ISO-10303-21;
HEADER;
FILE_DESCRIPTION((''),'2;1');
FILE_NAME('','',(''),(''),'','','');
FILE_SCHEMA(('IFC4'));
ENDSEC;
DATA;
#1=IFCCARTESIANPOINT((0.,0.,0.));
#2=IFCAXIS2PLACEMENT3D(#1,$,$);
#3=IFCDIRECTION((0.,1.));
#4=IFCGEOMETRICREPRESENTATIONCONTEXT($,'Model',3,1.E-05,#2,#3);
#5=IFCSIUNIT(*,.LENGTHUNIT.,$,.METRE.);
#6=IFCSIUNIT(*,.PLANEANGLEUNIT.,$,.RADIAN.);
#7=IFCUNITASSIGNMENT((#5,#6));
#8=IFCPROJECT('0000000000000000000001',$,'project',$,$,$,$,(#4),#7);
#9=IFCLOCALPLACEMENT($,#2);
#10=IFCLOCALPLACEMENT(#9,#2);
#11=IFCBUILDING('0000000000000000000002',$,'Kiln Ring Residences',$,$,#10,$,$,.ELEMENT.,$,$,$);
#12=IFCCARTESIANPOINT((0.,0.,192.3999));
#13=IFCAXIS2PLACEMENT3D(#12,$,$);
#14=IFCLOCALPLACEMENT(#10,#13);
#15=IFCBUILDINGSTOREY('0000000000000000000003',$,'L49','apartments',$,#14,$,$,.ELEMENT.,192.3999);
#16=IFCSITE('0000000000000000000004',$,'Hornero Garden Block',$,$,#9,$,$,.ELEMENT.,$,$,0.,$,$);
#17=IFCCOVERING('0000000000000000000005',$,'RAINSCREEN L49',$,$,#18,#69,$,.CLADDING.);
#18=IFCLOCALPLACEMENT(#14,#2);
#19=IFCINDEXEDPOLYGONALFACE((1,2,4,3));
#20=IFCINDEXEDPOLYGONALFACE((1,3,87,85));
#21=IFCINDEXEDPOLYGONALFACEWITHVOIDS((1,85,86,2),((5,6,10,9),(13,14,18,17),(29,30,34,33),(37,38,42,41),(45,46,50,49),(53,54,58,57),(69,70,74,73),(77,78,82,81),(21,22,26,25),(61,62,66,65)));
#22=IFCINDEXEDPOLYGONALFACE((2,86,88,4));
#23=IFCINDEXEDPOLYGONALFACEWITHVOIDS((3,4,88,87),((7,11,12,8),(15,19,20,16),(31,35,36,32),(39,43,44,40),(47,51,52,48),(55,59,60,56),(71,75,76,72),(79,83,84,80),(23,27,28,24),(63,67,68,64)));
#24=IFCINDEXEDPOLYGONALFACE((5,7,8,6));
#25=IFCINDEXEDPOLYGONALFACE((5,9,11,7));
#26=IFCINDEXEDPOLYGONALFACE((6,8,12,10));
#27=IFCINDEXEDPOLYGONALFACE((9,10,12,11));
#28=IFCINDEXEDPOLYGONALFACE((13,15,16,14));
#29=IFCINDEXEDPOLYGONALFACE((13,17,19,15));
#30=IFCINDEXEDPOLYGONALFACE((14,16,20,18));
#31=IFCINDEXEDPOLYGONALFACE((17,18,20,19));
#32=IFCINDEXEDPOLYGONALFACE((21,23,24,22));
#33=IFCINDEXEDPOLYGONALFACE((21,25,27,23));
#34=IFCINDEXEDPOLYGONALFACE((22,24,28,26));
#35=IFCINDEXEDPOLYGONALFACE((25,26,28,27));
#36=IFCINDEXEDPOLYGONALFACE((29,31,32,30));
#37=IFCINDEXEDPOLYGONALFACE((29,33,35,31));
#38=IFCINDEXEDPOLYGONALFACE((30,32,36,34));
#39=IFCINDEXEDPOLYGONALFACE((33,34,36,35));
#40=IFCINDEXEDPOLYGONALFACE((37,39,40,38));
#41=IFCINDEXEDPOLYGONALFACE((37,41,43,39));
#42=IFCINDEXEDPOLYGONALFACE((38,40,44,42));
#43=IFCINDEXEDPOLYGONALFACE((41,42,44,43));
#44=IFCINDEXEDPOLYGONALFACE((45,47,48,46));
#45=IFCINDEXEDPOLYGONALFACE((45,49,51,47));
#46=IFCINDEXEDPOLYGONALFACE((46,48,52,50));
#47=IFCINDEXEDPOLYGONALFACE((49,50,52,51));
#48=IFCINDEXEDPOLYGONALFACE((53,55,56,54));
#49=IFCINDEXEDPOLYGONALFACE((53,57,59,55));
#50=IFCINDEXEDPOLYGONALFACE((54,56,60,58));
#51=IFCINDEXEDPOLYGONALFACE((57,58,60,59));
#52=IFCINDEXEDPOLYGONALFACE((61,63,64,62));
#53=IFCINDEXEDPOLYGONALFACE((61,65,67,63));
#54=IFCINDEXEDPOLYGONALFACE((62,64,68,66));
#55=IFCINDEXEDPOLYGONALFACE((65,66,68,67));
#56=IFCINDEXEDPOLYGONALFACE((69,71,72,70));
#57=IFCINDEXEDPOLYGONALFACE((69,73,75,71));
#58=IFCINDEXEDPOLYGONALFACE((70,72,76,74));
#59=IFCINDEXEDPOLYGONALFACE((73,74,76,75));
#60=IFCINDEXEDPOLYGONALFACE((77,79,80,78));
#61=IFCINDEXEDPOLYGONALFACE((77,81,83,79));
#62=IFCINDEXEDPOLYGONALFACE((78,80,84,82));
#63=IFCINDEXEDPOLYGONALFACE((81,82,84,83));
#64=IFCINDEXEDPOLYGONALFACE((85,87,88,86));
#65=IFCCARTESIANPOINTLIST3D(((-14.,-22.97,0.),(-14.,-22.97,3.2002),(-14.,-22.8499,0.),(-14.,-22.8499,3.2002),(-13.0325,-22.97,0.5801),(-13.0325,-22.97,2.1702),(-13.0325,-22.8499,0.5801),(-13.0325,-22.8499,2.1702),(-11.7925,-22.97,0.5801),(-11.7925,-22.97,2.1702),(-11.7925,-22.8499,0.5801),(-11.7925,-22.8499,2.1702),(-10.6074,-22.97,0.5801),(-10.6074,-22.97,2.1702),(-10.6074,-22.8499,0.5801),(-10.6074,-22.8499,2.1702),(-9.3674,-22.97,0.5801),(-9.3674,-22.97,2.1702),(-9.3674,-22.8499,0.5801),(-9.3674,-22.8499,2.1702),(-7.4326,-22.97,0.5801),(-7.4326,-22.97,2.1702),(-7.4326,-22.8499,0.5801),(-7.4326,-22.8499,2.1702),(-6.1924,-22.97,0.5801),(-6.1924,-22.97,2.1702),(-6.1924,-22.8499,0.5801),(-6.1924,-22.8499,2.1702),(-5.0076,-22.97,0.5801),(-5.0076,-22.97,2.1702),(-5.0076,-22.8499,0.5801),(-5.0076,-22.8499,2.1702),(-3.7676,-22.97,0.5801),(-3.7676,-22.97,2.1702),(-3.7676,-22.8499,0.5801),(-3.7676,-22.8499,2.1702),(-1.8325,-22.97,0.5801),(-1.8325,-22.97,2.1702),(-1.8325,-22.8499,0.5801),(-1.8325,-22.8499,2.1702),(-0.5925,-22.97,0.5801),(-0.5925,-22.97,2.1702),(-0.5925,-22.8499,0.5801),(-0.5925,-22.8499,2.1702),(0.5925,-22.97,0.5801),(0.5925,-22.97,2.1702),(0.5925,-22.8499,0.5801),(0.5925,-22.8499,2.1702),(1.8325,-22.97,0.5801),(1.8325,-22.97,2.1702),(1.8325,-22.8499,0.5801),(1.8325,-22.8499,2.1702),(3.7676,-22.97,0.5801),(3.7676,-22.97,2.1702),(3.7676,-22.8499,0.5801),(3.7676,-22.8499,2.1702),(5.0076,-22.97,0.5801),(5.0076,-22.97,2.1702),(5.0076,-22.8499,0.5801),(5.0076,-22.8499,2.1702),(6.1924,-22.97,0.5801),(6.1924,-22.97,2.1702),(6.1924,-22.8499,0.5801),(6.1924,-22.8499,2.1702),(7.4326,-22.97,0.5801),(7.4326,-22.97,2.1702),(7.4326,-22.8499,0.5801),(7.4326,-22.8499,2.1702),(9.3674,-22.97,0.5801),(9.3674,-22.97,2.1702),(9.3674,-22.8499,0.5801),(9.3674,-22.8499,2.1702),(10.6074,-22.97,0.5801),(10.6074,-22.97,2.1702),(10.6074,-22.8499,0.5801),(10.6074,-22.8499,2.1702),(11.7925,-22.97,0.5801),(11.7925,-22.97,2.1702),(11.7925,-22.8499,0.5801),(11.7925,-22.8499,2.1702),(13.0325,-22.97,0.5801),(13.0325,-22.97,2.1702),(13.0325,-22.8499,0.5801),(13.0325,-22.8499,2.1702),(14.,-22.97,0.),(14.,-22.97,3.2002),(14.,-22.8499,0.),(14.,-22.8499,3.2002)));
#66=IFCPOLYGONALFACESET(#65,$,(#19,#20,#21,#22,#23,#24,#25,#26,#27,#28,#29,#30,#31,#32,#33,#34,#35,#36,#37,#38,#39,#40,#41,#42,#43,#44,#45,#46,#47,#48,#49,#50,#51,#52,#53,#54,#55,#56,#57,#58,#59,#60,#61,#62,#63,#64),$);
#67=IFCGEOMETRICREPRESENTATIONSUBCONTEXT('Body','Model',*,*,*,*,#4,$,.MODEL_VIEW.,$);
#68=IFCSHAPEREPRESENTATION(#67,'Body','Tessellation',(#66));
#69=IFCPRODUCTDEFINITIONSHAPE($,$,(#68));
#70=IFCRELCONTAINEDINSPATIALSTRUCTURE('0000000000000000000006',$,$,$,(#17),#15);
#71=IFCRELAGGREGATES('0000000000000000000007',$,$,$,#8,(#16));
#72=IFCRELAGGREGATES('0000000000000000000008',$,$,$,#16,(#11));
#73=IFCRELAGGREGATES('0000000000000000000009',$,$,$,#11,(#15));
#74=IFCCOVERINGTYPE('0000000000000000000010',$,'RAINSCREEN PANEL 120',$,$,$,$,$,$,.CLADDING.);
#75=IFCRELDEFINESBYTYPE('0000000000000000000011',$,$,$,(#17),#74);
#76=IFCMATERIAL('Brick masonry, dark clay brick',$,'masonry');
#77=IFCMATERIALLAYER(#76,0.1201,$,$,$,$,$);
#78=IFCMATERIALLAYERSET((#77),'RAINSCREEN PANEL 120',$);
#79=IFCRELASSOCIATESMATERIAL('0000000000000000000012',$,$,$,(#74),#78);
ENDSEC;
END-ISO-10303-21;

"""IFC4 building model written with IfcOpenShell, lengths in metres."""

from ifc_helpers import new_model, si_unit, direction, frame, origin, place, context, subcontext, project, spatial, polyline, outline, extrude, material, layer, layer_set, type_object, element, save


model = new_model("IFC4")

# Units and contexts
model_context = context("Model", 3, precision=1e-05, world=origin(), true_north=direction((0.0, 1.0)))
body_context = subcontext(model_context, "Body", "Model", "MODEL_VIEW")
ifc_project = project(units=[si_unit("LENGTHUNIT", "METRE"), si_unit("PLANEANGLEUNIT", "RADIAN")], contexts=[model_context])

# Site, building, storey
site_placement = place(None, origin())
site = spatial("IfcSite", under=ifc_project, at=site_placement, Name="Hornero Garden Block", CompositionType="ELEMENT", RefElevation=0.0)
building_placement = place(site_placement, origin())
building = spatial("IfcBuilding", under=site, at=building_placement, Name="Kiln Ring Residences", CompositionType="ELEMENT")
storey_placement = place(building_placement, frame((0.0, 0.0, 192.3999)))
storey = spatial("IfcBuildingStorey", under=building, at=storey_placement, Name="L49", Description="apartments", CompositionType="ELEMENT", Elevation=192.3999)

# Covering
ifc_material_1 = material(Name="Brick masonry, dark clay brick", Category="masonry")
ifc_layer_1 = layer(ifc_material_1, 0.1201)
ifc_layer_set_1 = layer_set([ifc_layer_1], Name="RAINSCREEN PANEL 120")
covering_type = type_object("IfcCoveringType", Name="RAINSCREEN PANEL 120", PredefinedType="CLADDING", material=ifc_layer_set_1)
covering_placement = place(storey_placement, frame((-14.0, -22.9099, 0.0), z_axis=(0.0, 0.0, 1.0), x_axis=(1.0, 0.0, 0.0)))
element("IfcCovering", 1, at=covering_placement, inside=storey, type_object=covering_type, Name="RAINSCREEN L49", PredefinedType="CLADDING", context=body_context, shape_type="SweptSolid", body=[
    extrude(outline(polyline([(0.0, 0.0), (28.0, 0.0), (28.0, 3.2002), (0.0, 3.2002), (0.0, 0.0)]), holes=[polyline([(0.9675, 0.5801), (2.2075, 0.5801), (2.2075, 2.1702), (0.9675, 2.1702), (0.9675, 0.5801)]), polyline([(3.3926, 0.5801), (4.6326, 0.5801), (4.6326, 2.1702), (3.3926, 2.1702), (3.3926, 0.5801)]), polyline([(6.5674, 0.5801), (7.8076, 0.5801), (7.8076, 2.1702), (6.5674, 2.1702), (6.5674, 0.5801)]), polyline([(8.9924, 2.1702), (8.9924, 0.5801), (10.2324, 0.5801), (10.2324, 2.1702), (8.9924, 2.1702)]), polyline([(12.1675, 2.1702), (12.1675, 0.5801), (13.4075, 0.5801), (13.4075, 2.1702), (12.1675, 2.1702)]), polyline([(14.5925, 0.5801), (15.8325, 0.5801), (15.8325, 2.1702), (14.5925, 2.1702), (14.5925, 0.5801)]), polyline([(17.7676, 0.5801), (19.0076, 0.5801), (19.0076, 2.1702), (17.7676, 2.1702), (17.7676, 0.5801)]), polyline([(20.1924, 0.5801), (21.4326, 0.5801), (21.4326, 2.1702), (20.1924, 2.1702), (20.1924, 0.5801)]), polyline([(23.3674, 2.1702), (23.3674, 0.5801), (24.6074, 0.5801), (24.6074, 2.1702), (23.3674, 2.1702)]), polyline([(25.7925, 2.1702), (25.7925, 0.5801), (27.0325, 0.5801), (27.0325, 2.1702), (25.7925, 2.1702)])]), frame((0.0, 0.0601, 0.0), z_axis=(0.0, -1.0, 0.0), x_axis=(1.0, 0.0, 0.0)), (0.0, 0.0, 1.0), 0.1201),
])

save(model, "model.ifc")
